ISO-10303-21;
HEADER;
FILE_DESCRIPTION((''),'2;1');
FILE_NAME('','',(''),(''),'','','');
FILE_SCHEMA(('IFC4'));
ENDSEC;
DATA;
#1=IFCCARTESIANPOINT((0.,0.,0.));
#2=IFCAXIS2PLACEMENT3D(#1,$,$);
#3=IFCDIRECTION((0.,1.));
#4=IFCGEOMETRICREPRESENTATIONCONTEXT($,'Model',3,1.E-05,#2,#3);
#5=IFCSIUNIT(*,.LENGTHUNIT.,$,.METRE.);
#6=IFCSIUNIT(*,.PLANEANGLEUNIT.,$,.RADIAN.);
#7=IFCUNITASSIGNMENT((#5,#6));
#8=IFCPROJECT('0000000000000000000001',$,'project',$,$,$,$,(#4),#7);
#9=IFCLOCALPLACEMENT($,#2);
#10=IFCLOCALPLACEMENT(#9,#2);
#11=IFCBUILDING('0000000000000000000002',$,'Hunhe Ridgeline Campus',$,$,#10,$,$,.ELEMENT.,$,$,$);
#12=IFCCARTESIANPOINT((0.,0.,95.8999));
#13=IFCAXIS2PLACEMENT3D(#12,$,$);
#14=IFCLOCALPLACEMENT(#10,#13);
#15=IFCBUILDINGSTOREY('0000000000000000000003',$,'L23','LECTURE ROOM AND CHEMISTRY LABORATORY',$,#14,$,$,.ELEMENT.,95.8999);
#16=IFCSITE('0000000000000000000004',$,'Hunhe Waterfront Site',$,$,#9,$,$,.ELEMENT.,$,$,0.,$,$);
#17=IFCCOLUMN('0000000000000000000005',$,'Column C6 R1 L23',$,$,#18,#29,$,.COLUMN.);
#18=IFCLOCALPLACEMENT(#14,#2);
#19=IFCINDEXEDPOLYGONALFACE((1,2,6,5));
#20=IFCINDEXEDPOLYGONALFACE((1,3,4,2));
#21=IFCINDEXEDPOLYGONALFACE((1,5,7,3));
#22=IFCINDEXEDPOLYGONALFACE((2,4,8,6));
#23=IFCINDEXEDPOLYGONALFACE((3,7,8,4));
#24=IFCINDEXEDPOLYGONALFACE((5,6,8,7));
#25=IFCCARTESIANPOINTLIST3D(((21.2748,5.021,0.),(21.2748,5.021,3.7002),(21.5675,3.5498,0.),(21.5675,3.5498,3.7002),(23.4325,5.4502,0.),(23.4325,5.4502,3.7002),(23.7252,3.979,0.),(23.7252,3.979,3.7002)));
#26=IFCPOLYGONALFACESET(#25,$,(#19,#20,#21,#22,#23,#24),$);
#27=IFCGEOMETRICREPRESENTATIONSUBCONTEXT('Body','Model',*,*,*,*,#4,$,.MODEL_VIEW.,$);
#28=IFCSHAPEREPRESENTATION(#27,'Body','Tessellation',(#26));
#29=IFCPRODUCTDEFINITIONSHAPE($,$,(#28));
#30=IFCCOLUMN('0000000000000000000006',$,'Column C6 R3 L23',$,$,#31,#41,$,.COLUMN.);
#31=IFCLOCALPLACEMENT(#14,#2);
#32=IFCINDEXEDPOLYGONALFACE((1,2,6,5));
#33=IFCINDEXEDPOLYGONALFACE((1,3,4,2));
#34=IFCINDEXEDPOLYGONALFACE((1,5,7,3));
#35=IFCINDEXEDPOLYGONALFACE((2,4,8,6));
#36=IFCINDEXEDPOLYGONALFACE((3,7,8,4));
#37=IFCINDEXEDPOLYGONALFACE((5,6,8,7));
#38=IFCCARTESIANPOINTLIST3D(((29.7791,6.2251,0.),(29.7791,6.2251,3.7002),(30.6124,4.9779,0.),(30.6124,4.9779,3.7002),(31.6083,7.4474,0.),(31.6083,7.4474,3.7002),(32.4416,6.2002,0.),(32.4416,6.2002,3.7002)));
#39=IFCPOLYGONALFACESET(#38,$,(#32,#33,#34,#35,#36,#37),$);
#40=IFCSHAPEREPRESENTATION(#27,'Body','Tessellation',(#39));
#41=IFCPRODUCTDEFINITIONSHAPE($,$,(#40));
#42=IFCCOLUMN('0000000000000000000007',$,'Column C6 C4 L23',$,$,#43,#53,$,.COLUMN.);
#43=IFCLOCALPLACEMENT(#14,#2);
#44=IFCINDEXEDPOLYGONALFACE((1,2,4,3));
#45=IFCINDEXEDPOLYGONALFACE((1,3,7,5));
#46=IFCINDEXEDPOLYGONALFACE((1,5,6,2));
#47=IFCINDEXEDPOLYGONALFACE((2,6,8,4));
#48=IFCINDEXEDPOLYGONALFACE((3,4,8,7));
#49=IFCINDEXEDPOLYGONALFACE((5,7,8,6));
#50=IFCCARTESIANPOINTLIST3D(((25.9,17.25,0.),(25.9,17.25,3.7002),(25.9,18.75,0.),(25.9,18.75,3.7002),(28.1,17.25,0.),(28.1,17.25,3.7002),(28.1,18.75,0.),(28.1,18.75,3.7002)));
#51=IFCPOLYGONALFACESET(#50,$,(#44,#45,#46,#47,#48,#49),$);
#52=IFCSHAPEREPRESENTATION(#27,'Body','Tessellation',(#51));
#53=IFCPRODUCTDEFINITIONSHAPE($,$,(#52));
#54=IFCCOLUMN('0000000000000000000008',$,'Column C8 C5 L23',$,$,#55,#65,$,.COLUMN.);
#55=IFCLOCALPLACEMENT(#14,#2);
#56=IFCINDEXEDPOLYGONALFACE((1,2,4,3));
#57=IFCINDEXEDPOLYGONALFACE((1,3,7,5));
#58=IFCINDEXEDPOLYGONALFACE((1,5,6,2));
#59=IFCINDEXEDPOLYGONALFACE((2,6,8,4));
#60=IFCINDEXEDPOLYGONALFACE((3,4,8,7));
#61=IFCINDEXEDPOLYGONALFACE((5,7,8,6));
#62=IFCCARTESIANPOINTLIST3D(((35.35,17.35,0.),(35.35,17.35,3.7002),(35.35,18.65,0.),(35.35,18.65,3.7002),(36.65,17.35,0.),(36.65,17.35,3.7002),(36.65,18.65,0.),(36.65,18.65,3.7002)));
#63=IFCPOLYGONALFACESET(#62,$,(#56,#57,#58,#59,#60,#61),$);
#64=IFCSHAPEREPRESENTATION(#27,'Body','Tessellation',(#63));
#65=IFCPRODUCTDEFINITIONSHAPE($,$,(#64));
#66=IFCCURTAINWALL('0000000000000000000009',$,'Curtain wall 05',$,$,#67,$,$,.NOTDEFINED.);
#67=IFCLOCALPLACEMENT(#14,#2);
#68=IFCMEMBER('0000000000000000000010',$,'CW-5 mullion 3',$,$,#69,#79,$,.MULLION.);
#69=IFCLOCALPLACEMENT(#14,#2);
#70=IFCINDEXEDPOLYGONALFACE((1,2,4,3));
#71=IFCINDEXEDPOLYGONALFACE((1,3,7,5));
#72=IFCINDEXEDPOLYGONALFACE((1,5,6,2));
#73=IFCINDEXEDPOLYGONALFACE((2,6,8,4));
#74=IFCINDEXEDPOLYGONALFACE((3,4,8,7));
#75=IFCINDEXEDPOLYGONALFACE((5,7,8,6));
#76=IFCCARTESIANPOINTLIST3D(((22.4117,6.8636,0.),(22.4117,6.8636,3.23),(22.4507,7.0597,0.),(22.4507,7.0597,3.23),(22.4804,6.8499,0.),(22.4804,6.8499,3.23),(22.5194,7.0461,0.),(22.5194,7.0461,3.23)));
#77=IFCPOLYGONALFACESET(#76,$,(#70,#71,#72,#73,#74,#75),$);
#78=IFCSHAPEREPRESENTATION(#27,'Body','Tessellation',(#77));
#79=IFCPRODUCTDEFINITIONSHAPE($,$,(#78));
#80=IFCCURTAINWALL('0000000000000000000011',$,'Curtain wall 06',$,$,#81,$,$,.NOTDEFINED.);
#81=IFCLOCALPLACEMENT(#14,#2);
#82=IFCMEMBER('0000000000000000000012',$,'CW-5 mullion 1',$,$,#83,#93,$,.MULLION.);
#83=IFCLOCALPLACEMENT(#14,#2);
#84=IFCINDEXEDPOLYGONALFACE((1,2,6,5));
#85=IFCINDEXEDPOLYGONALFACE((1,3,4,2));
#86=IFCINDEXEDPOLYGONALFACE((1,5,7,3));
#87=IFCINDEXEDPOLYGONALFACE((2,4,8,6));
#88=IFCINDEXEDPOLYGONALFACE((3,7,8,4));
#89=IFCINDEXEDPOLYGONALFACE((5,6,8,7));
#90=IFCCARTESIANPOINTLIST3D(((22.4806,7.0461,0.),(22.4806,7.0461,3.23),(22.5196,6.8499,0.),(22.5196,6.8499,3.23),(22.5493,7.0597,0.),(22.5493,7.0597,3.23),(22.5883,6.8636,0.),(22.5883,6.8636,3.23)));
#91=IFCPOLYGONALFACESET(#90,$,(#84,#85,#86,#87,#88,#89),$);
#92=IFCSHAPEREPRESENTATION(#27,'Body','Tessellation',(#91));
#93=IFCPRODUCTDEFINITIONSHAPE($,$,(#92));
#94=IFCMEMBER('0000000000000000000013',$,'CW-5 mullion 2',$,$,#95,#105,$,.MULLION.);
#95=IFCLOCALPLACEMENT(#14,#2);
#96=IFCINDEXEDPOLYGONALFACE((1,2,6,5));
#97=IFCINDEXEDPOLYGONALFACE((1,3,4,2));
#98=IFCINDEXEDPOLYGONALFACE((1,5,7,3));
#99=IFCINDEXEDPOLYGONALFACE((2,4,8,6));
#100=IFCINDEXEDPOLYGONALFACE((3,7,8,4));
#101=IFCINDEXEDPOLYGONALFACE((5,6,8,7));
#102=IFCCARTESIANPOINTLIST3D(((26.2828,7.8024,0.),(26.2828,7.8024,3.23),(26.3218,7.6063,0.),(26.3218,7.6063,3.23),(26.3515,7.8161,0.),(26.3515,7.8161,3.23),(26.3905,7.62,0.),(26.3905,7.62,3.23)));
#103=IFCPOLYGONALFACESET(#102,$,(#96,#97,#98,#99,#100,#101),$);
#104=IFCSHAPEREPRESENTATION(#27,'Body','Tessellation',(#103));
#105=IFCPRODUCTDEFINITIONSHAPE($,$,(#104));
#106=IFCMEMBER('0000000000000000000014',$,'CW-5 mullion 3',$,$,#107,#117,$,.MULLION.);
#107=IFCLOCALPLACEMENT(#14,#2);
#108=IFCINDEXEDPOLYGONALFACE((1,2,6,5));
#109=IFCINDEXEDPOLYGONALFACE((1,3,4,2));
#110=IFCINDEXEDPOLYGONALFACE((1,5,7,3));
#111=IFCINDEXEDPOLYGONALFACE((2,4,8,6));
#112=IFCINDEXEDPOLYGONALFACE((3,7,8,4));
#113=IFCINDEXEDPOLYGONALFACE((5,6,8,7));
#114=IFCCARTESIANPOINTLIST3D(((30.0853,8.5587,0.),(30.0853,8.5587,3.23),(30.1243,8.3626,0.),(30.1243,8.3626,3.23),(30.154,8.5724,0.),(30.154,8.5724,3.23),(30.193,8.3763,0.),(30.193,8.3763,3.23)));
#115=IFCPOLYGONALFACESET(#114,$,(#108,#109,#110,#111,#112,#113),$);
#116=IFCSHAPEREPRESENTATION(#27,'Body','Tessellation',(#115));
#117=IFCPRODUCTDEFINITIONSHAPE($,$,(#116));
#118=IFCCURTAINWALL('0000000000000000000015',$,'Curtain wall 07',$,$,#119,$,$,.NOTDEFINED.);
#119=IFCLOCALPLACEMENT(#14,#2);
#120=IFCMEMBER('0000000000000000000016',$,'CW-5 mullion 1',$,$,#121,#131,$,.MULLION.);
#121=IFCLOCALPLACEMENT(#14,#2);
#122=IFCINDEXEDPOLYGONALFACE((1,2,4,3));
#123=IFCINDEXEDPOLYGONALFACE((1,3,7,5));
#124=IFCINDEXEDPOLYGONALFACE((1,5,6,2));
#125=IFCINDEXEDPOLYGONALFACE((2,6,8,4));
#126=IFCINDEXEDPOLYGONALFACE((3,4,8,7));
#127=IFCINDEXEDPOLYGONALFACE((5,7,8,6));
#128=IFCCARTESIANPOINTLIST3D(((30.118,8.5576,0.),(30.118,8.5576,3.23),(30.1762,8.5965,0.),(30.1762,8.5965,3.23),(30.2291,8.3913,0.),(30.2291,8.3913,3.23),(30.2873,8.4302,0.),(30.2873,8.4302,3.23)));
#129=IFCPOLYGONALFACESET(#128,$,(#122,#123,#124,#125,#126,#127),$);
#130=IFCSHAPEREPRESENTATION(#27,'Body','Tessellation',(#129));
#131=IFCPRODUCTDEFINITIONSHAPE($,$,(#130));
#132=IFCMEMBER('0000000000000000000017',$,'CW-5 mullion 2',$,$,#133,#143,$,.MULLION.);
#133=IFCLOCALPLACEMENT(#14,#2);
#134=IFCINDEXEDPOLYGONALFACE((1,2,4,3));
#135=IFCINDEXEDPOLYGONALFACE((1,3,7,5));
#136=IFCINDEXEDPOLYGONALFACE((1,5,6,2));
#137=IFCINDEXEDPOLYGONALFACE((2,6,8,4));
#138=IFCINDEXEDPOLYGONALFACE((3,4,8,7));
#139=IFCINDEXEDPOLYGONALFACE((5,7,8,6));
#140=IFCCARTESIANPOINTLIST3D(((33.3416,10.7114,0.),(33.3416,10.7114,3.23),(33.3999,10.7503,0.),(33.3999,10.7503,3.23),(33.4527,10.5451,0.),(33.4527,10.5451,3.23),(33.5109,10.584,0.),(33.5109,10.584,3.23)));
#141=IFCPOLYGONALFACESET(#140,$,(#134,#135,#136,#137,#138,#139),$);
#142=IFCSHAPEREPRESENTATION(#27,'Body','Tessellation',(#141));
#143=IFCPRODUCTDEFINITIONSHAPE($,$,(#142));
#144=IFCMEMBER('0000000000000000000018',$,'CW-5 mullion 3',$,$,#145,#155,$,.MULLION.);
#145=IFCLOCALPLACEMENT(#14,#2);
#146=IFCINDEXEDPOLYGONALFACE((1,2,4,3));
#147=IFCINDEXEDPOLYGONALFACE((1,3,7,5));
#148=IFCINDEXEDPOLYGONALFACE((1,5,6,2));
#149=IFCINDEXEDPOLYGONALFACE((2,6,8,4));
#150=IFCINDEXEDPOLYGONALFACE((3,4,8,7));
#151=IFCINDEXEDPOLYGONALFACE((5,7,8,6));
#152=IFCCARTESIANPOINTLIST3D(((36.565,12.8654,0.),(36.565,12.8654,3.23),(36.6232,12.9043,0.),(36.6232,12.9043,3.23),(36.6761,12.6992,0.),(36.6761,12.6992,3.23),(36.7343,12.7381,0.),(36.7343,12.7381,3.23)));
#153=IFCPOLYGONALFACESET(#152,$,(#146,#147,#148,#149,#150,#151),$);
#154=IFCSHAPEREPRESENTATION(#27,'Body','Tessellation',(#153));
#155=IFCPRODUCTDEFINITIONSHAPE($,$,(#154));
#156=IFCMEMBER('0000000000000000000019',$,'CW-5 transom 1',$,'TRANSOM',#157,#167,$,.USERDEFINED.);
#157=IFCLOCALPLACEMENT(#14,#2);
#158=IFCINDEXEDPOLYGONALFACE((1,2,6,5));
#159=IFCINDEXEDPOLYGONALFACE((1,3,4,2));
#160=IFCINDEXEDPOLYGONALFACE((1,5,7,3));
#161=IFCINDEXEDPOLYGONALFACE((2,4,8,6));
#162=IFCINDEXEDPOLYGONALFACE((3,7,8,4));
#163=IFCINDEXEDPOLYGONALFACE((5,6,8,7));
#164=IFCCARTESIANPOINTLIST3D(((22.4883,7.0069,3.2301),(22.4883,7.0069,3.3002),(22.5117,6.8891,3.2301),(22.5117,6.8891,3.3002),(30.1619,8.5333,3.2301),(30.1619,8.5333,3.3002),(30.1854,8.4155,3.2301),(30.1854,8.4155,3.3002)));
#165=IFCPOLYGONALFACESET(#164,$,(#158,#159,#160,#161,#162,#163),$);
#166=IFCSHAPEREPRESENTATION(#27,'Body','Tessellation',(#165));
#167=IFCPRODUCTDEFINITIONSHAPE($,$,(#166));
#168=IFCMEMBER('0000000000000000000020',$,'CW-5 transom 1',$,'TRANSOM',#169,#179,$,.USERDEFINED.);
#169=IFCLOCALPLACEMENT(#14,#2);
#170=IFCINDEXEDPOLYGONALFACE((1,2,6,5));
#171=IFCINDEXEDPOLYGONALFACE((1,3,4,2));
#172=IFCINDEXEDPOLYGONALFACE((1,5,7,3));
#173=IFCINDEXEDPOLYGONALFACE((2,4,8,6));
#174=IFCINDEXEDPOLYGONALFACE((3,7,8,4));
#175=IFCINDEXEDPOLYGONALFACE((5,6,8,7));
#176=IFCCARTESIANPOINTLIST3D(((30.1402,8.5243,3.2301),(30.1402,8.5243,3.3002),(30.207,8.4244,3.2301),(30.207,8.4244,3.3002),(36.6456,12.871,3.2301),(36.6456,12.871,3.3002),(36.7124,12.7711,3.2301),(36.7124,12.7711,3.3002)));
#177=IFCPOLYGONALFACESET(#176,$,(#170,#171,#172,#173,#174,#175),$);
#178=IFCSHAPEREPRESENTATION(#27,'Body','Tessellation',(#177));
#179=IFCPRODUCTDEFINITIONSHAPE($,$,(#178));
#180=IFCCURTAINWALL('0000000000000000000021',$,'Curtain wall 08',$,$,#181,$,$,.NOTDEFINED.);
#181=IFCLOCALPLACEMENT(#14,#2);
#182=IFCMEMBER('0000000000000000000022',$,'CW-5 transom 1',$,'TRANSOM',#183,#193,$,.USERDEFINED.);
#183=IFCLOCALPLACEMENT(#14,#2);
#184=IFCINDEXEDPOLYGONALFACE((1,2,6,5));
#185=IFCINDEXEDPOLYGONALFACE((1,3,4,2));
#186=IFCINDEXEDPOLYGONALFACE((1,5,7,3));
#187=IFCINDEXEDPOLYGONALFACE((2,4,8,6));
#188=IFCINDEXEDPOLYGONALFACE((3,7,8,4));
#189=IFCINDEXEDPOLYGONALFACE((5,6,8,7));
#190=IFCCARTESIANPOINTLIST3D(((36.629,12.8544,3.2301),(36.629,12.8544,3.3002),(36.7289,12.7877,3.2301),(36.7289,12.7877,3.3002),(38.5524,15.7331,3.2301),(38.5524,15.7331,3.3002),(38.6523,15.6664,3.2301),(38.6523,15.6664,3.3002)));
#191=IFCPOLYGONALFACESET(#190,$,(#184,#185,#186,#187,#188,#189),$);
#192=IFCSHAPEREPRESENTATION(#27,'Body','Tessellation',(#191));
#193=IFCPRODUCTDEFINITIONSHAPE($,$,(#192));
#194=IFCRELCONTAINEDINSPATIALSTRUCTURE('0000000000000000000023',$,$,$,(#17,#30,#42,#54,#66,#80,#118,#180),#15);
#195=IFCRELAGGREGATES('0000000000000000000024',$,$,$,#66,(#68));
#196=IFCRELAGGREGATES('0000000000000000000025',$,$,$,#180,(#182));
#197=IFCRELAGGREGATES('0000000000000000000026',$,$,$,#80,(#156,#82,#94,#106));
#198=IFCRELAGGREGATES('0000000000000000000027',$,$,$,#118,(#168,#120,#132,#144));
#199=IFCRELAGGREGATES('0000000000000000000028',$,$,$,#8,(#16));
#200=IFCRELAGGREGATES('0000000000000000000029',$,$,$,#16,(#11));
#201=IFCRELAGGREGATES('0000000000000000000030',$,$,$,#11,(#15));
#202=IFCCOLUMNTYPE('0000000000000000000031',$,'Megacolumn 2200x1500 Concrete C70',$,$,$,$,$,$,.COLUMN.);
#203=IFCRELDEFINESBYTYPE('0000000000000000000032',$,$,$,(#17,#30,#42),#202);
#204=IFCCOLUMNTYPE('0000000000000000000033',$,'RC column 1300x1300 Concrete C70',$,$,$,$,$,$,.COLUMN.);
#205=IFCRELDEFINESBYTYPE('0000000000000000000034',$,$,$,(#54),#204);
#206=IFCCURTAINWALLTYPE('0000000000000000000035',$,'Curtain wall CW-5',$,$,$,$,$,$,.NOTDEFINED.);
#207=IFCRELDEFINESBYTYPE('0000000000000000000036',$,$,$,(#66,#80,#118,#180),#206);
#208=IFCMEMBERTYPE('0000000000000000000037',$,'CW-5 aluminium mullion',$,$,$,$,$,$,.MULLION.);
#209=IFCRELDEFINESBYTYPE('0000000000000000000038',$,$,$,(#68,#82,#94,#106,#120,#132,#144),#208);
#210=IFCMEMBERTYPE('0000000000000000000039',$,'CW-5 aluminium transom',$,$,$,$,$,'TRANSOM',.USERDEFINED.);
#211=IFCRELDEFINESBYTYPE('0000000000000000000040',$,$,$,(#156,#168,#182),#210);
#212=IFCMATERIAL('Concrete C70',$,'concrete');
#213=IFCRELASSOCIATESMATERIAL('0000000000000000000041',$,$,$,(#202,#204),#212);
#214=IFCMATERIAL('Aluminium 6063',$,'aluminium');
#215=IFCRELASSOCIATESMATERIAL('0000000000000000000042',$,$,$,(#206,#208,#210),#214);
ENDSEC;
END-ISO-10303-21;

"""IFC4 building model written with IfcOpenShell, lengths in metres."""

from ifc_helpers import new_model, si_unit, direction, frame, origin, origin_2d, place, context, subcontext, project, spatial, rectangle, extrude, material, material_profile, profile_set, type_object, element, aggregate, save


model = new_model("IFC4")

# Units and contexts
model_context = context("Model", 3, precision=1e-05, world=origin(), true_north=direction((0.0, 1.0)))
body_context = subcontext(model_context, "Body", "Model", "MODEL_VIEW")
ifc_project = project(units=[si_unit("LENGTHUNIT", "METRE"), si_unit("PLANEANGLEUNIT", "RADIAN")], contexts=[model_context])

# Site, building, storey
site_placement = place(None, origin())
site = spatial("IfcSite", under=ifc_project, at=site_placement, Name="Hunhe Waterfront Site", CompositionType="ELEMENT", RefElevation=0.0)
building_placement = place(site_placement, origin())
building = spatial("IfcBuilding", under=site, at=building_placement, Name="Hunhe Ridgeline Campus", CompositionType="ELEMENT")
storey_placement = place(building_placement, frame((0.0, 0.0, 95.8999)))
storey = spatial("IfcBuildingStorey", under=building, at=storey_placement, Name="L23", Description="LECTURE ROOM AND CHEMISTRY LABORATORY", CompositionType="ELEMENT", Elevation=95.8999)

# Columns
ifc_material_1 = material(Name="Concrete C70", Category="concrete")
ifc_material_profile_1 = material_profile(ifc_material_1, rectangle(XDim=2.2, YDim=1.5, at=origin_2d()))
ifc_profile_set_1 = profile_set([ifc_material_profile_1], Name="Concrete C70")
column_type_1 = type_object("IfcColumnType", Name="Megacolumn 2200x1500 Concrete C70", PredefinedType="COLUMN", material=ifc_profile_set_1)
for number, where, z_axis, x_axis, name in (
    (1, (22.5, 4.5, 0.0), (0.0, 0.0, 1.0), (0.980785, 0.19509, 0.0), "Column C6 R1 L23"),
    (2, (31.1104, 6.2126, 0.0), (0.0, 0.0, 1.0), (0.83147, 0.55557, 0.0), "Column C6 R3 L23"),
    (3, (27.0, 18.0, 0.0), (0.0, 0.0, 1.0), (1.0, 0.0, 0.0), "Column C6 C4 L23"),
):
    element("IfcColumn", number, at=place(storey_placement, frame(where, z_axis=z_axis, x_axis=x_axis)), inside=storey, type_object=column_type_1, Name=name, PredefinedType="COLUMN", context=body_context, shape_type="SweptSolid", body=[
        extrude(rectangle(XDim=2.2, YDim=1.5, at=origin_2d()), origin(), (0.0, 0.0, 1.0), 3.7002),
    ])
ifc_material_profile_2 = material_profile(ifc_material_1, rectangle(XDim=1.3, YDim=1.3, at=origin_2d()))
ifc_profile_set_2 = profile_set([ifc_material_profile_2], Name="Concrete C70")
column_type_2 = type_object("IfcColumnType", Name="RC column 1300x1300 Concrete C70", PredefinedType="COLUMN", material=ifc_profile_set_2)
column_placement = place(storey_placement, frame((36.0, 18.0, 0.0), z_axis=(0.0, 0.0, 1.0), x_axis=(1.0, 0.0, 0.0)))
element("IfcColumn", 4, at=column_placement, inside=storey, type_object=column_type_2, Name="Column C8 C5 L23", PredefinedType="COLUMN", context=body_context, shape_type="SweptSolid", body=[
    extrude(rectangle(XDim=1.3, YDim=1.3, at=origin_2d()), origin(), (0.0, 0.0, 1.0), 3.7002),
])

# Curtain wall, member
ifc_material_2 = material(Name="Aluminium 6063", Category="aluminium")
curtain_wall_type = type_object("IfcCurtainWallType", Name="Curtain wall CW-5", PredefinedType="NOTDEFINED", material=ifc_material_2)
curtain_wall_1_placement = place(storey_placement, origin())
curtain_wall_1 = element("IfcCurtainWall", 5, at=curtain_wall_1_placement, inside=storey, type_object=curtain_wall_type, Name="Curtain wall 05", PredefinedType="NOTDEFINED")
ifc_material_profile_3 = material_profile(ifc_material_2, rectangle(XDim=0.2, YDim=0.0701, at=origin_2d()))
ifc_profile_set_3 = profile_set([ifc_material_profile_3], Name="Aluminium 6063")
member_type_1 = type_object("IfcMemberType", Name="CW-5 aluminium mullion", PredefinedType="MULLION", material=ifc_profile_set_3)
member_1_placement = place(storey_placement, frame((22.4656, 6.9548, 0.0), z_axis=(0.0, 0.0, 1.0), x_axis=(0.19509, 0.980785, 0.0)))
member_1 = element("IfcMember", 6, at=member_1_placement, type_object=member_type_1, Name="CW-5 mullion 3", PredefinedType="MULLION", context=body_context, shape_type="SweptSolid", body=[
    extrude(rectangle(XDim=0.2, YDim=0.0701, at=origin_2d()), origin(), (0.0, 0.0, 1.0), 3.23),
])
aggregate(curtain_wall_1, [member_1])

# Curtain walls, members
curtain_wall_2_placement = place(storey_placement, origin())
curtain_wall_2 = element("IfcCurtainWall", 7, at=curtain_wall_2_placement, inside=storey, type_object=curtain_wall_type, Name="Curtain wall 06", PredefinedType="NOTDEFINED")
member_2_placement = place(storey_placement, frame((22.5344, 6.9548, 0.0), z_axis=(0.0, 0.0, 1.0), x_axis=(-0.19509, 0.980785, 0.0)))
member_2 = element("IfcMember", 8, at=member_2_placement, type_object=member_type_1, Name="CW-5 mullion 1", PredefinedType="MULLION", context=body_context, shape_type="SweptSolid", body=[
    extrude(rectangle(XDim=0.2, YDim=0.0701, at=origin_2d()), origin(), (0.0, 0.0, 1.0), 3.23),
])
member_3_placement = place(storey_placement, frame((26.3367, 7.7112, 0.0), z_axis=(0.0, 0.0, 1.0), x_axis=(-0.19509, 0.980785, 0.0)))
member_3 = element("IfcMember", 9, at=member_3_placement, type_object=member_type_1, Name="CW-5 mullion 2", PredefinedType="MULLION", context=body_context, shape_type="SweptSolid", body=[
    extrude(rectangle(XDim=0.2, YDim=0.0701, at=origin_2d()), origin(), (0.0, 0.0, 1.0), 3.23),
])
member_4_placement = place(storey_placement, frame((30.1392, 8.4675, 0.0), z_axis=(0.0, 0.0, 1.0), x_axis=(-0.19509, 0.980785, 0.0)))
member_4 = element("IfcMember", 10, at=member_4_placement, type_object=member_type_1, Name="CW-5 mullion 3", PredefinedType="MULLION", context=body_context, shape_type="SweptSolid", body=[
    extrude(rectangle(XDim=0.2, YDim=0.0701, at=origin_2d()), origin(), (0.0, 0.0, 1.0), 3.23),
])
curtain_wall_3_placement = place(storey_placement, origin())
curtain_wall_3 = element("IfcCurtainWall", 11, at=curtain_wall_3_placement, inside=storey, type_object=curtain_wall_type, Name="Curtain wall 07", PredefinedType="NOTDEFINED")
member_5_placement = place(storey_placement, frame((30.2026, 8.4939, 0.0), z_axis=(0.0, 0.0, 1.0), x_axis=(-0.55557, 0.83147, 0.0)))
member_5 = element("IfcMember", 12, at=member_5_placement, type_object=member_type_1, Name="CW-5 mullion 1", PredefinedType="MULLION", context=body_context, shape_type="SweptSolid", body=[
    extrude(rectangle(XDim=0.2, YDim=0.0701, at=origin_2d()), origin(), (0.0, 0.0, 1.0), 3.23),
])
member_6_placement = place(storey_placement, frame((33.4263, 10.6477, 0.0), z_axis=(0.0, 0.0, 1.0), x_axis=(-0.55557, 0.83147, 0.0)))
member_6 = element("IfcMember", 13, at=member_6_placement, type_object=member_type_1, Name="CW-5 mullion 2", PredefinedType="MULLION", context=body_context, shape_type="SweptSolid", body=[
    extrude(rectangle(XDim=0.2, YDim=0.0701, at=origin_2d()), origin(), (0.0, 0.0, 1.0), 3.23),
])
member_7_placement = place(storey_placement, frame((36.6497, 12.8018, 0.0), z_axis=(0.0, 0.0, 1.0), x_axis=(-0.55557, 0.83147, 0.0)))
member_7 = element("IfcMember", 14, at=member_7_placement, type_object=member_type_1, Name="CW-5 mullion 3", PredefinedType="MULLION", context=body_context, shape_type="SweptSolid", body=[
    extrude(rectangle(XDim=0.2, YDim=0.0701, at=origin_2d()), origin(), (0.0, 0.0, 1.0), 3.23),
])

# Members
ifc_material_profile_4 = material_profile(ifc_material_2, rectangle(XDim=0.1201, YDim=0.0701, at=origin_2d()))
ifc_profile_set_4 = profile_set([ifc_material_profile_4], Name="Aluminium 6063")
member_type_2 = type_object("IfcMemberType", Name="CW-5 aluminium transom", ElementType="TRANSOM", PredefinedType="USERDEFINED", material=ifc_profile_set_4)
member_8_placement = place(storey_placement, frame((22.5, 6.948, 3.2651), z_axis=(0.980785, 0.19509, 0.0), x_axis=(-0.19509, 0.980785, 0.0)))
member_8 = element("IfcMember", 15, at=member_8_placement, type_object=member_type_2, Name="CW-5 transom 1", ObjectType="TRANSOM", PredefinedType="USERDEFINED", context=body_context, shape_type="SweptSolid", body=[
    extrude(rectangle(XDim=0.1201, YDim=0.0701, at=origin_2d()), origin(), (0.0, 0.0, 1.0), 7.824),
])
member_9_placement = place(storey_placement, frame((30.1736, 8.4744, 3.2651), z_axis=(0.831474, 0.555564, 0.0), x_axis=(-0.555564, 0.831474, 0.0)))
member_9 = element("IfcMember", 16, at=member_9_placement, type_object=member_type_2, Name="CW-5 transom 1", ObjectType="TRANSOM", PredefinedType="USERDEFINED", context=body_context, shape_type="SweptSolid", body=[
    extrude(rectangle(XDim=0.1201, YDim=0.0701, at=origin_2d()), origin(), (0.0, 0.0, 1.0), 7.824),
])

# Curtain wall, member
curtain_wall_4_placement = place(storey_placement, origin())
curtain_wall_4 = element("IfcCurtainWall", 17, at=curtain_wall_4_placement, inside=storey, type_object=curtain_wall_type, Name="Curtain wall 08", PredefinedType="NOTDEFINED")
member_10_placement = place(storey_placement, frame((36.679, 12.821, 3.2651), z_axis=(0.555546, 0.831486, 0.0), x_axis=(-0.831486, 0.555546, 0.0)))
member_10 = element("IfcMember", 18, at=member_10_placement, type_object=member_type_2, Name="CW-5 transom 1", ObjectType="TRANSOM", PredefinedType="USERDEFINED", context=body_context, shape_type="SweptSolid", body=[
    extrude(rectangle(XDim=0.1201, YDim=0.0701, at=origin_2d()), origin(), (0.0, 0.0, 1.0), 3.4622),
])
aggregate(curtain_wall_4, [member_10])

aggregate(curtain_wall_2, [member_8, member_2, member_3, member_4])
aggregate(curtain_wall_3, [member_9, member_5, member_6, member_7])

save(model, "model.ifc")
